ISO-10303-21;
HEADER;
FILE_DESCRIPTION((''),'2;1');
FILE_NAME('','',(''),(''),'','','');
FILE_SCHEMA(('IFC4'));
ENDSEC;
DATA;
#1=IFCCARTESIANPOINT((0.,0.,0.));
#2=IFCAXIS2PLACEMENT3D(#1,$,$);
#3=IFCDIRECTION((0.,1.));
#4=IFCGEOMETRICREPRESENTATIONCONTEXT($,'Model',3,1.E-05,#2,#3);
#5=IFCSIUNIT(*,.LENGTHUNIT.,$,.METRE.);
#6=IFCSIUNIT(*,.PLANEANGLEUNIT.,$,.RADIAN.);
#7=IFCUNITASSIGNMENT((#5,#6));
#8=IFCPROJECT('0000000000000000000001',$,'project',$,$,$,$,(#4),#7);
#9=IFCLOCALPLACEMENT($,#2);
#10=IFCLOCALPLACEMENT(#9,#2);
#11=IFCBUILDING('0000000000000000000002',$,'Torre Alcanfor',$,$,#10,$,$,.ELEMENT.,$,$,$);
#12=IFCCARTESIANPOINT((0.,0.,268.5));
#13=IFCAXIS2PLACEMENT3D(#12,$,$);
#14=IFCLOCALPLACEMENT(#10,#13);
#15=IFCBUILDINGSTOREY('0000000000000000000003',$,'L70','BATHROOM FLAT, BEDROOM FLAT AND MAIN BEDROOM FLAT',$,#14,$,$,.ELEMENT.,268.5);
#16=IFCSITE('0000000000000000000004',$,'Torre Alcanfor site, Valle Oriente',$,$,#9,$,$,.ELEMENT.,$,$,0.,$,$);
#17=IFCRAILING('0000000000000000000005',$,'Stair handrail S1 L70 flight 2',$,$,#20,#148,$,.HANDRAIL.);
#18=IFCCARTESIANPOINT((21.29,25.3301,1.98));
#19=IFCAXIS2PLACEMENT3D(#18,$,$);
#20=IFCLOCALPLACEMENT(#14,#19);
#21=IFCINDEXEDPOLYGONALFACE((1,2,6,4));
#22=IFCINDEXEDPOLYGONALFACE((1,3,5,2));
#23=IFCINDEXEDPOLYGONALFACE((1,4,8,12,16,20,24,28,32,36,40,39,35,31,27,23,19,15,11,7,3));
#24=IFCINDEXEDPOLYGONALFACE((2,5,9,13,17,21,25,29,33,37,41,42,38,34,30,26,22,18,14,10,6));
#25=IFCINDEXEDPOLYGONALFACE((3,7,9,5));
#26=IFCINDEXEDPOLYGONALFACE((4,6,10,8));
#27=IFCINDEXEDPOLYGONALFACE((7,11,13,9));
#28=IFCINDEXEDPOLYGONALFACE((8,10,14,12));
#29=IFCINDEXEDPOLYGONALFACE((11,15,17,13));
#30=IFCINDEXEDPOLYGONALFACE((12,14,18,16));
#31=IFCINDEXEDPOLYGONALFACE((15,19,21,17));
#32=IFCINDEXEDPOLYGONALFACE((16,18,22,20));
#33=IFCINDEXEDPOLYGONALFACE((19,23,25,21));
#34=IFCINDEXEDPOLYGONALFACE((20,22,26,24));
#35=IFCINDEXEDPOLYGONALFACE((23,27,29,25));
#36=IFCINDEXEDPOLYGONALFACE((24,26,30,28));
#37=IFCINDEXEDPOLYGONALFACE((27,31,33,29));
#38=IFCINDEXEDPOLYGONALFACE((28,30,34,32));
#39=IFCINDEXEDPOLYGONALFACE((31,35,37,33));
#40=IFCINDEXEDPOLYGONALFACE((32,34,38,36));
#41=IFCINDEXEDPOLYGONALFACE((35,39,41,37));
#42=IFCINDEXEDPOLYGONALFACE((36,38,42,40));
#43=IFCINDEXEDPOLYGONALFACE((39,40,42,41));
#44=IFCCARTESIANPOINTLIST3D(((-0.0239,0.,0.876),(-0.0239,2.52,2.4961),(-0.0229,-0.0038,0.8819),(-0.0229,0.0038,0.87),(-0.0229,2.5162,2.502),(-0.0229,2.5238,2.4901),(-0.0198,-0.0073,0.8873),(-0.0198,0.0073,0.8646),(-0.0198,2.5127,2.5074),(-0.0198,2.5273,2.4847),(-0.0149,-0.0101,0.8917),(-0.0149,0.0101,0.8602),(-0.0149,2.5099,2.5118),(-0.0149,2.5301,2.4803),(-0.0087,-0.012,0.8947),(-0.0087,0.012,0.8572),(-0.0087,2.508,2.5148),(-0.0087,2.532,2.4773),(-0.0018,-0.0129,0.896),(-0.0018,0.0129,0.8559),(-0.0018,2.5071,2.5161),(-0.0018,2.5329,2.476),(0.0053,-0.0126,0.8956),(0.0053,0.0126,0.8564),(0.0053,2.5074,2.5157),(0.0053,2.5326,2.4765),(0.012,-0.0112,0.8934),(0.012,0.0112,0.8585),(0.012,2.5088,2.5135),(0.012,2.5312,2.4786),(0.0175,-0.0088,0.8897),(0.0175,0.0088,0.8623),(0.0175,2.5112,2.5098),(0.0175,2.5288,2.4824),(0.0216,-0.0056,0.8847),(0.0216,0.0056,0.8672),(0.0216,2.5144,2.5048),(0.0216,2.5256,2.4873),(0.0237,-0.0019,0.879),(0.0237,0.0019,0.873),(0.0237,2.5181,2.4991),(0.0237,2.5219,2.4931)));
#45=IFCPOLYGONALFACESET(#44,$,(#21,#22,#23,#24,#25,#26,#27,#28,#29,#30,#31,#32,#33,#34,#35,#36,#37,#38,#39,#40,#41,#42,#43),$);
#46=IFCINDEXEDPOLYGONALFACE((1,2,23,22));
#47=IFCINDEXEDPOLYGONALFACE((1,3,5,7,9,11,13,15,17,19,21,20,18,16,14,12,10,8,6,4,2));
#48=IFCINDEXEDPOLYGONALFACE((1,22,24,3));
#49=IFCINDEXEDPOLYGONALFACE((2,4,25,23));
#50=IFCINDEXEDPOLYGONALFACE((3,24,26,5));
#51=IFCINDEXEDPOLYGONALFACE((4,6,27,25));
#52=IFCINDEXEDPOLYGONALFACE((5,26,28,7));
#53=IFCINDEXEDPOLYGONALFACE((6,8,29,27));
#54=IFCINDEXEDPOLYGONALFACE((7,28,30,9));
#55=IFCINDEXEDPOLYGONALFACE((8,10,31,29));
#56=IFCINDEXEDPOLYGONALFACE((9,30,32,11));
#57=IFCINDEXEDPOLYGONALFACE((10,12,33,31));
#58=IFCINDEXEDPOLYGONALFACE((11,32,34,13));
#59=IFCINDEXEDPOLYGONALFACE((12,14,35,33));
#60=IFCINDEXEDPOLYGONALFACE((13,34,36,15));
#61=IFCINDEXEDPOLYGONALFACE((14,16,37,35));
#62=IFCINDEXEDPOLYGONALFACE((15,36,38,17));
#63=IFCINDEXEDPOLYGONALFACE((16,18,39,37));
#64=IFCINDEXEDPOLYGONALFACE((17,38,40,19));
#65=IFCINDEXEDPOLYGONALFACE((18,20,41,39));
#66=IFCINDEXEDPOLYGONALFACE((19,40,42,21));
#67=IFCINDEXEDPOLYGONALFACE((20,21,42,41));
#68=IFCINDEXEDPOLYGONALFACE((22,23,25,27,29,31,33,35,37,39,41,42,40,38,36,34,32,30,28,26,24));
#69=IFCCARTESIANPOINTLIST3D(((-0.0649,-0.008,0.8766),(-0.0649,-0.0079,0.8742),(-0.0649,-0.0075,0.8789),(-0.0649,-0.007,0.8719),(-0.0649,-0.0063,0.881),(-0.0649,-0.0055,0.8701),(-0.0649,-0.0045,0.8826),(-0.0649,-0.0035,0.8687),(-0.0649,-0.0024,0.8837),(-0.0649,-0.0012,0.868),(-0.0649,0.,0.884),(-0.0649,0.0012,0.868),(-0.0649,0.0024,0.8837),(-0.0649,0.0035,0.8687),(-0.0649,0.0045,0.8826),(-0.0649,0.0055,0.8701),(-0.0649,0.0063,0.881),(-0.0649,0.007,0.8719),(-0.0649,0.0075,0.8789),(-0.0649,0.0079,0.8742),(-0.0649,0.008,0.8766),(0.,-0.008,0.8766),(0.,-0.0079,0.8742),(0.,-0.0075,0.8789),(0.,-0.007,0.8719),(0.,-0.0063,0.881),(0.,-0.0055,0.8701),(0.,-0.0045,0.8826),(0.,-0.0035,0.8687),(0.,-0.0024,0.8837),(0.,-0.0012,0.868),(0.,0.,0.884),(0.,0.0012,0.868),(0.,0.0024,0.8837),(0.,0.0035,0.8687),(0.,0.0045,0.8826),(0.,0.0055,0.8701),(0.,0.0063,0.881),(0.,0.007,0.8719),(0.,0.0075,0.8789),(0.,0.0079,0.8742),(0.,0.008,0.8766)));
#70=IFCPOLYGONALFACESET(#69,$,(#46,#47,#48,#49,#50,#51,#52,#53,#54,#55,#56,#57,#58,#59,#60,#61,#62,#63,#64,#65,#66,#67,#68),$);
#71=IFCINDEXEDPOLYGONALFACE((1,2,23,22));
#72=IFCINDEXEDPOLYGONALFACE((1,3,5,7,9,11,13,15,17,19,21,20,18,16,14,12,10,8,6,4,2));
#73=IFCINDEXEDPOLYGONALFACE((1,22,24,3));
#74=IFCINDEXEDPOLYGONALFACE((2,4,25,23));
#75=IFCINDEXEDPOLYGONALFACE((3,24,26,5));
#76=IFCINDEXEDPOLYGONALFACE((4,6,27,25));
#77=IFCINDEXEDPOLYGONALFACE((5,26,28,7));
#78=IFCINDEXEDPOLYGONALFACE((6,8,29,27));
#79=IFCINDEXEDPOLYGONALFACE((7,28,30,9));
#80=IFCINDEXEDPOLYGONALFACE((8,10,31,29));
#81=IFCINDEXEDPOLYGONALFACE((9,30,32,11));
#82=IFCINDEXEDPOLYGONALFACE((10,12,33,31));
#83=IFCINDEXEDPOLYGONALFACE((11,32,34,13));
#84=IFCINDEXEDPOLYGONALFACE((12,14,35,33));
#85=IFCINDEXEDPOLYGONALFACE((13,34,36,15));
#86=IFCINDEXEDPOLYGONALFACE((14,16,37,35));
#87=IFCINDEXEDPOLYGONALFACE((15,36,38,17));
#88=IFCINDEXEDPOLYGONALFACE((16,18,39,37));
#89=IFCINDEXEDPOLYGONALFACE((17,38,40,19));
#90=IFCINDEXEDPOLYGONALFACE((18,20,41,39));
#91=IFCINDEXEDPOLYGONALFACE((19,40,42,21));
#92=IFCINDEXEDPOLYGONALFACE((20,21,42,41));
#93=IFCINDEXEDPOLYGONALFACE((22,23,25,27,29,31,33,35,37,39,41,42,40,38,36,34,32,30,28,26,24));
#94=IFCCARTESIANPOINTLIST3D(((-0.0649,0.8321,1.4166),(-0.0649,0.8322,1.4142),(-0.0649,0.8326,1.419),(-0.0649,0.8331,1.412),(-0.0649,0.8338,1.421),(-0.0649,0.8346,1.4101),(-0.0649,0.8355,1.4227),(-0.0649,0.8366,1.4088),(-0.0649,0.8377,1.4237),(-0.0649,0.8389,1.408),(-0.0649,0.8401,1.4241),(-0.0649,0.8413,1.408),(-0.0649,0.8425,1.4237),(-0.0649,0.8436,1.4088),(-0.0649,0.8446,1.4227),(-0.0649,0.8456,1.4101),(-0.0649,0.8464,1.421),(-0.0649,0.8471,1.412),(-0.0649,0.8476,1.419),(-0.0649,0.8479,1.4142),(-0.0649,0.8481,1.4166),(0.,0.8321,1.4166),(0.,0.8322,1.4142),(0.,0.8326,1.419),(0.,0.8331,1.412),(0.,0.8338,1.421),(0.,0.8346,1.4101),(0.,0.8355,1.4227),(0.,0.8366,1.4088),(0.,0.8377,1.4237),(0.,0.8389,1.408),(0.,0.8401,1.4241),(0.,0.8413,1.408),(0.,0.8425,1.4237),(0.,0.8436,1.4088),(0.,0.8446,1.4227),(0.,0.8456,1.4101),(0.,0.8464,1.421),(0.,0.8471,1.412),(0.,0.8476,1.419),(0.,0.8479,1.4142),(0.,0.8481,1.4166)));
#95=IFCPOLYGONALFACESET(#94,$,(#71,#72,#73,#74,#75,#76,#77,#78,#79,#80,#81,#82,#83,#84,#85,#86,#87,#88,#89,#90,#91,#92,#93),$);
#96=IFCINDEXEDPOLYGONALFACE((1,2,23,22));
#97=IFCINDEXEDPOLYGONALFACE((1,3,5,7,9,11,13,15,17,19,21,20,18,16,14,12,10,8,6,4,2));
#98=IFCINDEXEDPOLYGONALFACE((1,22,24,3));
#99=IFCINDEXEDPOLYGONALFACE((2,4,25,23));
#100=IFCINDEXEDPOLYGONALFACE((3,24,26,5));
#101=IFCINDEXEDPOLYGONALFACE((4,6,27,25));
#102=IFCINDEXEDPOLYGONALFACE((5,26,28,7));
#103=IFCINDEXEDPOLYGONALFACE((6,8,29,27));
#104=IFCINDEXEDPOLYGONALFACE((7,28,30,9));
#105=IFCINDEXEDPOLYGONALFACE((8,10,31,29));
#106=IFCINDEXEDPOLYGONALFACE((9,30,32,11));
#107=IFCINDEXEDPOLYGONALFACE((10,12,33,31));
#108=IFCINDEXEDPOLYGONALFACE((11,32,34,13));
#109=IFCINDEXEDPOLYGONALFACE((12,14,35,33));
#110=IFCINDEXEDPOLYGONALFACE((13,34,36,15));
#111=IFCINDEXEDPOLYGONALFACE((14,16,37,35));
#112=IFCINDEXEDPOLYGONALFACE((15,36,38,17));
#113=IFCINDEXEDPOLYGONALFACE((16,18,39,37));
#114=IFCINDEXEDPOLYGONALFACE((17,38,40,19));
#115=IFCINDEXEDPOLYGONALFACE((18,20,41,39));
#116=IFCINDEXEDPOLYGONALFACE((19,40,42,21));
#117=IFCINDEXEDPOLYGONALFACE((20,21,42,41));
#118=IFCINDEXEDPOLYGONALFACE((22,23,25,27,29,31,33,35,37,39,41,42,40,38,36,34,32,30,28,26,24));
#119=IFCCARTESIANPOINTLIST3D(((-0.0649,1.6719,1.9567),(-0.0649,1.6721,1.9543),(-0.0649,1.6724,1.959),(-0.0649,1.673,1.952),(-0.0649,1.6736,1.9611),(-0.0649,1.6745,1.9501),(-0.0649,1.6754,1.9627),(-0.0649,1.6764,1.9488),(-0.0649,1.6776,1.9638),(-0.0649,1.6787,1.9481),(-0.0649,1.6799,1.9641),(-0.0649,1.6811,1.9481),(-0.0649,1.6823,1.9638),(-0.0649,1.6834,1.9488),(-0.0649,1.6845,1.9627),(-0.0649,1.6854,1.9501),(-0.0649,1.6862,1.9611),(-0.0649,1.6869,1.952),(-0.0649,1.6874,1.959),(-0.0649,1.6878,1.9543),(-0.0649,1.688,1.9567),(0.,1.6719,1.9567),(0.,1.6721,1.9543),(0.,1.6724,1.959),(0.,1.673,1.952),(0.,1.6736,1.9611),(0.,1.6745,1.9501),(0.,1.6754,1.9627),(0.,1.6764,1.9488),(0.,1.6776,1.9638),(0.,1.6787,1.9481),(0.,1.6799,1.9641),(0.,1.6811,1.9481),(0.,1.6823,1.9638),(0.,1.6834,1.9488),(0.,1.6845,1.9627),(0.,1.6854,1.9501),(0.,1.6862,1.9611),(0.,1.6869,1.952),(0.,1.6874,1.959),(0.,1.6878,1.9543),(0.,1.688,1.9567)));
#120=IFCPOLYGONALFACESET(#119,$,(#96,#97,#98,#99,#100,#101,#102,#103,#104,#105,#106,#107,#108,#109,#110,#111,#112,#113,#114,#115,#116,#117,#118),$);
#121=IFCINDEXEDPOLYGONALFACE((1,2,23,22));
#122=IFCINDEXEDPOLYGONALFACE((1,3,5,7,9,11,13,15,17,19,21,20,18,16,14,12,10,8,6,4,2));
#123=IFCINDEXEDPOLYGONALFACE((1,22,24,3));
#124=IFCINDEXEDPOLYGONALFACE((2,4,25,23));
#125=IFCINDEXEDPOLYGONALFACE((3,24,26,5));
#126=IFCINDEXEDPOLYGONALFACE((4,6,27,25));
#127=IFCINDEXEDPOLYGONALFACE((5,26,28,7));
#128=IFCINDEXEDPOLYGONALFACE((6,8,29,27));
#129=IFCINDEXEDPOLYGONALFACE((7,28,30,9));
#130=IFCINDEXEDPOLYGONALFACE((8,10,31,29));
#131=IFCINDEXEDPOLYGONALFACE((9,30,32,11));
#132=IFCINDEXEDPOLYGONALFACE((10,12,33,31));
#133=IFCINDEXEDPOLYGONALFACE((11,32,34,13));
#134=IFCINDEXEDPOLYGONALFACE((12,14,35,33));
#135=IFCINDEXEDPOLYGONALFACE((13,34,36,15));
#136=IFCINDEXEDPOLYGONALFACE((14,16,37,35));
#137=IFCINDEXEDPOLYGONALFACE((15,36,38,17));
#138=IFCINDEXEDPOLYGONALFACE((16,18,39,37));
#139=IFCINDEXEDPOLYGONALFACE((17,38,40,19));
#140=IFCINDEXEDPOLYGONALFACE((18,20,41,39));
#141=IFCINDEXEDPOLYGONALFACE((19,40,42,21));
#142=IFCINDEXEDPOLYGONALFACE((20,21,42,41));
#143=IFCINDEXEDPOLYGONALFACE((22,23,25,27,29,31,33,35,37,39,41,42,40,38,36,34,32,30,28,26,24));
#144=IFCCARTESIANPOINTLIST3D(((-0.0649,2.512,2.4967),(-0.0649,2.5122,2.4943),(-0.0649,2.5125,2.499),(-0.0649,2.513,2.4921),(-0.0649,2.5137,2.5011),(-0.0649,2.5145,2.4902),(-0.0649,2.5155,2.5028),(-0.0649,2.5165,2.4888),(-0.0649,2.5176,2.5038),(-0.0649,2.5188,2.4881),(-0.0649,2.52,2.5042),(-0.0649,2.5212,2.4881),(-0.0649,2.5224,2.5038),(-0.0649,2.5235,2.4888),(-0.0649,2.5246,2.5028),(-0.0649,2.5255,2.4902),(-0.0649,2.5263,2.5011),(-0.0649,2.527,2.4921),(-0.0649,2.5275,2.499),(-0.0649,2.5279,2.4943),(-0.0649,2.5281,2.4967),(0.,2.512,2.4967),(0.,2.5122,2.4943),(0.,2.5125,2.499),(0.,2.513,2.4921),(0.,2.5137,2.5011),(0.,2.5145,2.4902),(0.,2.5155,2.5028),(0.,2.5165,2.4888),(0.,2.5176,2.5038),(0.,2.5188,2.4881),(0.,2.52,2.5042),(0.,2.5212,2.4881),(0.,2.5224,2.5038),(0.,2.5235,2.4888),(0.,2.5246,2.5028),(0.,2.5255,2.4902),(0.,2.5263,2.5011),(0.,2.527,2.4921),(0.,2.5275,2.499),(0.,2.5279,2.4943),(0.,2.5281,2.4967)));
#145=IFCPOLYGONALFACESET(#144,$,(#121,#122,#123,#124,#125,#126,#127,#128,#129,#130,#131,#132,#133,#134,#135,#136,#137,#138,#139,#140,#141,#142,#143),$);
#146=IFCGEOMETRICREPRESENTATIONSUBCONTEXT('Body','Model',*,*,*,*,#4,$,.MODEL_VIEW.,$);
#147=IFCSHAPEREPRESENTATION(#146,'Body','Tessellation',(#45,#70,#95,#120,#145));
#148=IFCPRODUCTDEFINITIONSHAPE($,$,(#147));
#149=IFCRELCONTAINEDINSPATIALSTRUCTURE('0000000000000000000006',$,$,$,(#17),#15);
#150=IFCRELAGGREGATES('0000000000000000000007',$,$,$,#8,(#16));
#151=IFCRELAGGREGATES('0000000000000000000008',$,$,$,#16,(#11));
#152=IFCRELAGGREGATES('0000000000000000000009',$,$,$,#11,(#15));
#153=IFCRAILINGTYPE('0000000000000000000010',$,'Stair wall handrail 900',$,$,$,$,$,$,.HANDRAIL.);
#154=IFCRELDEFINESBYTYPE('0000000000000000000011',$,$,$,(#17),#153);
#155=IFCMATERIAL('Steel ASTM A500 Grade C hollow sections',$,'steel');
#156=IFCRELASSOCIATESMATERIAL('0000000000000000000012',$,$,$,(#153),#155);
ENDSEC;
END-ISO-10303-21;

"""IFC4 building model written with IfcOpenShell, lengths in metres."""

from ifc_helpers import new_model, si_unit, direction, frame, origin, origin_2d, place, context, subcontext, project, spatial, circle, extrude, material, type_object, element, save


model = new_model("IFC4")

# Units and contexts
model_context = context("Model", 3, precision=1e-05, world=origin(), true_north=direction((0.0, 1.0)))
body_context = subcontext(model_context, "Body", "Model", "MODEL_VIEW")
ifc_project = project(units=[si_unit("LENGTHUNIT", "METRE"), si_unit("PLANEANGLEUNIT", "RADIAN")], contexts=[model_context])

# Site, building, storey
site_placement = place(None, origin())
site = spatial("IfcSite", under=ifc_project, at=site_placement, Name="Torre Alcanfor site, Valle Oriente", CompositionType="ELEMENT", RefElevation=0.0)
building_placement = place(site_placement, origin())
building = spatial("IfcBuilding", under=site, at=building_placement, Name="Torre Alcanfor", CompositionType="ELEMENT")
storey_placement = place(building_placement, frame((0.0, 0.0, 268.5)))
storey = spatial("IfcBuildingStorey", under=building, at=storey_placement, Name="L70", Description="BATHROOM FLAT, BEDROOM FLAT AND MAIN BEDROOM FLAT", CompositionType="ELEMENT", Elevation=268.5)

# Railing
ifc_material_1 = material(Name="Steel ASTM A500 Grade C hollow sections", Category="steel")
railing_type_1 = type_object("IfcRailingType", Name="Stair wall handrail 900", PredefinedType="HANDRAIL", material=ifc_material_1)
railing_1_placement = place(storey_placement, frame((21.29, 25.3301, 1.98)))
element("IfcRailing", 1, at=railing_1_placement, inside=storey, type_object=railing_type_1, Name="Stair handrail S1 L70 flight 2", PredefinedType="HANDRAIL", context=body_context, shape_type="SweptSolid", body=[
    extrude(circle(Radius=0.0239, at=origin_2d()), frame((0.0, 0.0, 0.876), z_axis=(0.0, 0.841163, 0.540782), x_axis=(-1.0, 0.0, 0.0)), (0.0, 0.0, 1.0), 2.9958),
    extrude(circle(Radius=0.0081, at=origin_2d()), frame((0.0, 0.0, 0.876), z_axis=(-1.0, 0.0, 0.0), x_axis=(0.0, 0.0, 1.0)), (0.0, 0.0, 1.0), 0.0649),
    extrude(circle(Radius=0.0081, at=origin_2d()), frame((0.0, 0.8401, 1.416), z_axis=(-1.0, 0.0, 0.0), x_axis=(0.0, 0.0, 1.0)), (0.0, 0.0, 1.0), 0.0649),
    extrude(circle(Radius=0.0081, at=origin_2d()), frame((0.0, 1.6799, 1.9561), z_axis=(-1.0, 0.0, 0.0), x_axis=(0.0, 0.0, 1.0)), (0.0, 0.0, 1.0), 0.0649),
    extrude(circle(Radius=0.0081, at=origin_2d()), frame((0.0, 2.52, 2.4961), z_axis=(-1.0, 0.0, 0.0), x_axis=(0.0, 0.0, 1.0)), (0.0, 0.0, 1.0), 0.0649),
])

save(model, "model.ifc")
